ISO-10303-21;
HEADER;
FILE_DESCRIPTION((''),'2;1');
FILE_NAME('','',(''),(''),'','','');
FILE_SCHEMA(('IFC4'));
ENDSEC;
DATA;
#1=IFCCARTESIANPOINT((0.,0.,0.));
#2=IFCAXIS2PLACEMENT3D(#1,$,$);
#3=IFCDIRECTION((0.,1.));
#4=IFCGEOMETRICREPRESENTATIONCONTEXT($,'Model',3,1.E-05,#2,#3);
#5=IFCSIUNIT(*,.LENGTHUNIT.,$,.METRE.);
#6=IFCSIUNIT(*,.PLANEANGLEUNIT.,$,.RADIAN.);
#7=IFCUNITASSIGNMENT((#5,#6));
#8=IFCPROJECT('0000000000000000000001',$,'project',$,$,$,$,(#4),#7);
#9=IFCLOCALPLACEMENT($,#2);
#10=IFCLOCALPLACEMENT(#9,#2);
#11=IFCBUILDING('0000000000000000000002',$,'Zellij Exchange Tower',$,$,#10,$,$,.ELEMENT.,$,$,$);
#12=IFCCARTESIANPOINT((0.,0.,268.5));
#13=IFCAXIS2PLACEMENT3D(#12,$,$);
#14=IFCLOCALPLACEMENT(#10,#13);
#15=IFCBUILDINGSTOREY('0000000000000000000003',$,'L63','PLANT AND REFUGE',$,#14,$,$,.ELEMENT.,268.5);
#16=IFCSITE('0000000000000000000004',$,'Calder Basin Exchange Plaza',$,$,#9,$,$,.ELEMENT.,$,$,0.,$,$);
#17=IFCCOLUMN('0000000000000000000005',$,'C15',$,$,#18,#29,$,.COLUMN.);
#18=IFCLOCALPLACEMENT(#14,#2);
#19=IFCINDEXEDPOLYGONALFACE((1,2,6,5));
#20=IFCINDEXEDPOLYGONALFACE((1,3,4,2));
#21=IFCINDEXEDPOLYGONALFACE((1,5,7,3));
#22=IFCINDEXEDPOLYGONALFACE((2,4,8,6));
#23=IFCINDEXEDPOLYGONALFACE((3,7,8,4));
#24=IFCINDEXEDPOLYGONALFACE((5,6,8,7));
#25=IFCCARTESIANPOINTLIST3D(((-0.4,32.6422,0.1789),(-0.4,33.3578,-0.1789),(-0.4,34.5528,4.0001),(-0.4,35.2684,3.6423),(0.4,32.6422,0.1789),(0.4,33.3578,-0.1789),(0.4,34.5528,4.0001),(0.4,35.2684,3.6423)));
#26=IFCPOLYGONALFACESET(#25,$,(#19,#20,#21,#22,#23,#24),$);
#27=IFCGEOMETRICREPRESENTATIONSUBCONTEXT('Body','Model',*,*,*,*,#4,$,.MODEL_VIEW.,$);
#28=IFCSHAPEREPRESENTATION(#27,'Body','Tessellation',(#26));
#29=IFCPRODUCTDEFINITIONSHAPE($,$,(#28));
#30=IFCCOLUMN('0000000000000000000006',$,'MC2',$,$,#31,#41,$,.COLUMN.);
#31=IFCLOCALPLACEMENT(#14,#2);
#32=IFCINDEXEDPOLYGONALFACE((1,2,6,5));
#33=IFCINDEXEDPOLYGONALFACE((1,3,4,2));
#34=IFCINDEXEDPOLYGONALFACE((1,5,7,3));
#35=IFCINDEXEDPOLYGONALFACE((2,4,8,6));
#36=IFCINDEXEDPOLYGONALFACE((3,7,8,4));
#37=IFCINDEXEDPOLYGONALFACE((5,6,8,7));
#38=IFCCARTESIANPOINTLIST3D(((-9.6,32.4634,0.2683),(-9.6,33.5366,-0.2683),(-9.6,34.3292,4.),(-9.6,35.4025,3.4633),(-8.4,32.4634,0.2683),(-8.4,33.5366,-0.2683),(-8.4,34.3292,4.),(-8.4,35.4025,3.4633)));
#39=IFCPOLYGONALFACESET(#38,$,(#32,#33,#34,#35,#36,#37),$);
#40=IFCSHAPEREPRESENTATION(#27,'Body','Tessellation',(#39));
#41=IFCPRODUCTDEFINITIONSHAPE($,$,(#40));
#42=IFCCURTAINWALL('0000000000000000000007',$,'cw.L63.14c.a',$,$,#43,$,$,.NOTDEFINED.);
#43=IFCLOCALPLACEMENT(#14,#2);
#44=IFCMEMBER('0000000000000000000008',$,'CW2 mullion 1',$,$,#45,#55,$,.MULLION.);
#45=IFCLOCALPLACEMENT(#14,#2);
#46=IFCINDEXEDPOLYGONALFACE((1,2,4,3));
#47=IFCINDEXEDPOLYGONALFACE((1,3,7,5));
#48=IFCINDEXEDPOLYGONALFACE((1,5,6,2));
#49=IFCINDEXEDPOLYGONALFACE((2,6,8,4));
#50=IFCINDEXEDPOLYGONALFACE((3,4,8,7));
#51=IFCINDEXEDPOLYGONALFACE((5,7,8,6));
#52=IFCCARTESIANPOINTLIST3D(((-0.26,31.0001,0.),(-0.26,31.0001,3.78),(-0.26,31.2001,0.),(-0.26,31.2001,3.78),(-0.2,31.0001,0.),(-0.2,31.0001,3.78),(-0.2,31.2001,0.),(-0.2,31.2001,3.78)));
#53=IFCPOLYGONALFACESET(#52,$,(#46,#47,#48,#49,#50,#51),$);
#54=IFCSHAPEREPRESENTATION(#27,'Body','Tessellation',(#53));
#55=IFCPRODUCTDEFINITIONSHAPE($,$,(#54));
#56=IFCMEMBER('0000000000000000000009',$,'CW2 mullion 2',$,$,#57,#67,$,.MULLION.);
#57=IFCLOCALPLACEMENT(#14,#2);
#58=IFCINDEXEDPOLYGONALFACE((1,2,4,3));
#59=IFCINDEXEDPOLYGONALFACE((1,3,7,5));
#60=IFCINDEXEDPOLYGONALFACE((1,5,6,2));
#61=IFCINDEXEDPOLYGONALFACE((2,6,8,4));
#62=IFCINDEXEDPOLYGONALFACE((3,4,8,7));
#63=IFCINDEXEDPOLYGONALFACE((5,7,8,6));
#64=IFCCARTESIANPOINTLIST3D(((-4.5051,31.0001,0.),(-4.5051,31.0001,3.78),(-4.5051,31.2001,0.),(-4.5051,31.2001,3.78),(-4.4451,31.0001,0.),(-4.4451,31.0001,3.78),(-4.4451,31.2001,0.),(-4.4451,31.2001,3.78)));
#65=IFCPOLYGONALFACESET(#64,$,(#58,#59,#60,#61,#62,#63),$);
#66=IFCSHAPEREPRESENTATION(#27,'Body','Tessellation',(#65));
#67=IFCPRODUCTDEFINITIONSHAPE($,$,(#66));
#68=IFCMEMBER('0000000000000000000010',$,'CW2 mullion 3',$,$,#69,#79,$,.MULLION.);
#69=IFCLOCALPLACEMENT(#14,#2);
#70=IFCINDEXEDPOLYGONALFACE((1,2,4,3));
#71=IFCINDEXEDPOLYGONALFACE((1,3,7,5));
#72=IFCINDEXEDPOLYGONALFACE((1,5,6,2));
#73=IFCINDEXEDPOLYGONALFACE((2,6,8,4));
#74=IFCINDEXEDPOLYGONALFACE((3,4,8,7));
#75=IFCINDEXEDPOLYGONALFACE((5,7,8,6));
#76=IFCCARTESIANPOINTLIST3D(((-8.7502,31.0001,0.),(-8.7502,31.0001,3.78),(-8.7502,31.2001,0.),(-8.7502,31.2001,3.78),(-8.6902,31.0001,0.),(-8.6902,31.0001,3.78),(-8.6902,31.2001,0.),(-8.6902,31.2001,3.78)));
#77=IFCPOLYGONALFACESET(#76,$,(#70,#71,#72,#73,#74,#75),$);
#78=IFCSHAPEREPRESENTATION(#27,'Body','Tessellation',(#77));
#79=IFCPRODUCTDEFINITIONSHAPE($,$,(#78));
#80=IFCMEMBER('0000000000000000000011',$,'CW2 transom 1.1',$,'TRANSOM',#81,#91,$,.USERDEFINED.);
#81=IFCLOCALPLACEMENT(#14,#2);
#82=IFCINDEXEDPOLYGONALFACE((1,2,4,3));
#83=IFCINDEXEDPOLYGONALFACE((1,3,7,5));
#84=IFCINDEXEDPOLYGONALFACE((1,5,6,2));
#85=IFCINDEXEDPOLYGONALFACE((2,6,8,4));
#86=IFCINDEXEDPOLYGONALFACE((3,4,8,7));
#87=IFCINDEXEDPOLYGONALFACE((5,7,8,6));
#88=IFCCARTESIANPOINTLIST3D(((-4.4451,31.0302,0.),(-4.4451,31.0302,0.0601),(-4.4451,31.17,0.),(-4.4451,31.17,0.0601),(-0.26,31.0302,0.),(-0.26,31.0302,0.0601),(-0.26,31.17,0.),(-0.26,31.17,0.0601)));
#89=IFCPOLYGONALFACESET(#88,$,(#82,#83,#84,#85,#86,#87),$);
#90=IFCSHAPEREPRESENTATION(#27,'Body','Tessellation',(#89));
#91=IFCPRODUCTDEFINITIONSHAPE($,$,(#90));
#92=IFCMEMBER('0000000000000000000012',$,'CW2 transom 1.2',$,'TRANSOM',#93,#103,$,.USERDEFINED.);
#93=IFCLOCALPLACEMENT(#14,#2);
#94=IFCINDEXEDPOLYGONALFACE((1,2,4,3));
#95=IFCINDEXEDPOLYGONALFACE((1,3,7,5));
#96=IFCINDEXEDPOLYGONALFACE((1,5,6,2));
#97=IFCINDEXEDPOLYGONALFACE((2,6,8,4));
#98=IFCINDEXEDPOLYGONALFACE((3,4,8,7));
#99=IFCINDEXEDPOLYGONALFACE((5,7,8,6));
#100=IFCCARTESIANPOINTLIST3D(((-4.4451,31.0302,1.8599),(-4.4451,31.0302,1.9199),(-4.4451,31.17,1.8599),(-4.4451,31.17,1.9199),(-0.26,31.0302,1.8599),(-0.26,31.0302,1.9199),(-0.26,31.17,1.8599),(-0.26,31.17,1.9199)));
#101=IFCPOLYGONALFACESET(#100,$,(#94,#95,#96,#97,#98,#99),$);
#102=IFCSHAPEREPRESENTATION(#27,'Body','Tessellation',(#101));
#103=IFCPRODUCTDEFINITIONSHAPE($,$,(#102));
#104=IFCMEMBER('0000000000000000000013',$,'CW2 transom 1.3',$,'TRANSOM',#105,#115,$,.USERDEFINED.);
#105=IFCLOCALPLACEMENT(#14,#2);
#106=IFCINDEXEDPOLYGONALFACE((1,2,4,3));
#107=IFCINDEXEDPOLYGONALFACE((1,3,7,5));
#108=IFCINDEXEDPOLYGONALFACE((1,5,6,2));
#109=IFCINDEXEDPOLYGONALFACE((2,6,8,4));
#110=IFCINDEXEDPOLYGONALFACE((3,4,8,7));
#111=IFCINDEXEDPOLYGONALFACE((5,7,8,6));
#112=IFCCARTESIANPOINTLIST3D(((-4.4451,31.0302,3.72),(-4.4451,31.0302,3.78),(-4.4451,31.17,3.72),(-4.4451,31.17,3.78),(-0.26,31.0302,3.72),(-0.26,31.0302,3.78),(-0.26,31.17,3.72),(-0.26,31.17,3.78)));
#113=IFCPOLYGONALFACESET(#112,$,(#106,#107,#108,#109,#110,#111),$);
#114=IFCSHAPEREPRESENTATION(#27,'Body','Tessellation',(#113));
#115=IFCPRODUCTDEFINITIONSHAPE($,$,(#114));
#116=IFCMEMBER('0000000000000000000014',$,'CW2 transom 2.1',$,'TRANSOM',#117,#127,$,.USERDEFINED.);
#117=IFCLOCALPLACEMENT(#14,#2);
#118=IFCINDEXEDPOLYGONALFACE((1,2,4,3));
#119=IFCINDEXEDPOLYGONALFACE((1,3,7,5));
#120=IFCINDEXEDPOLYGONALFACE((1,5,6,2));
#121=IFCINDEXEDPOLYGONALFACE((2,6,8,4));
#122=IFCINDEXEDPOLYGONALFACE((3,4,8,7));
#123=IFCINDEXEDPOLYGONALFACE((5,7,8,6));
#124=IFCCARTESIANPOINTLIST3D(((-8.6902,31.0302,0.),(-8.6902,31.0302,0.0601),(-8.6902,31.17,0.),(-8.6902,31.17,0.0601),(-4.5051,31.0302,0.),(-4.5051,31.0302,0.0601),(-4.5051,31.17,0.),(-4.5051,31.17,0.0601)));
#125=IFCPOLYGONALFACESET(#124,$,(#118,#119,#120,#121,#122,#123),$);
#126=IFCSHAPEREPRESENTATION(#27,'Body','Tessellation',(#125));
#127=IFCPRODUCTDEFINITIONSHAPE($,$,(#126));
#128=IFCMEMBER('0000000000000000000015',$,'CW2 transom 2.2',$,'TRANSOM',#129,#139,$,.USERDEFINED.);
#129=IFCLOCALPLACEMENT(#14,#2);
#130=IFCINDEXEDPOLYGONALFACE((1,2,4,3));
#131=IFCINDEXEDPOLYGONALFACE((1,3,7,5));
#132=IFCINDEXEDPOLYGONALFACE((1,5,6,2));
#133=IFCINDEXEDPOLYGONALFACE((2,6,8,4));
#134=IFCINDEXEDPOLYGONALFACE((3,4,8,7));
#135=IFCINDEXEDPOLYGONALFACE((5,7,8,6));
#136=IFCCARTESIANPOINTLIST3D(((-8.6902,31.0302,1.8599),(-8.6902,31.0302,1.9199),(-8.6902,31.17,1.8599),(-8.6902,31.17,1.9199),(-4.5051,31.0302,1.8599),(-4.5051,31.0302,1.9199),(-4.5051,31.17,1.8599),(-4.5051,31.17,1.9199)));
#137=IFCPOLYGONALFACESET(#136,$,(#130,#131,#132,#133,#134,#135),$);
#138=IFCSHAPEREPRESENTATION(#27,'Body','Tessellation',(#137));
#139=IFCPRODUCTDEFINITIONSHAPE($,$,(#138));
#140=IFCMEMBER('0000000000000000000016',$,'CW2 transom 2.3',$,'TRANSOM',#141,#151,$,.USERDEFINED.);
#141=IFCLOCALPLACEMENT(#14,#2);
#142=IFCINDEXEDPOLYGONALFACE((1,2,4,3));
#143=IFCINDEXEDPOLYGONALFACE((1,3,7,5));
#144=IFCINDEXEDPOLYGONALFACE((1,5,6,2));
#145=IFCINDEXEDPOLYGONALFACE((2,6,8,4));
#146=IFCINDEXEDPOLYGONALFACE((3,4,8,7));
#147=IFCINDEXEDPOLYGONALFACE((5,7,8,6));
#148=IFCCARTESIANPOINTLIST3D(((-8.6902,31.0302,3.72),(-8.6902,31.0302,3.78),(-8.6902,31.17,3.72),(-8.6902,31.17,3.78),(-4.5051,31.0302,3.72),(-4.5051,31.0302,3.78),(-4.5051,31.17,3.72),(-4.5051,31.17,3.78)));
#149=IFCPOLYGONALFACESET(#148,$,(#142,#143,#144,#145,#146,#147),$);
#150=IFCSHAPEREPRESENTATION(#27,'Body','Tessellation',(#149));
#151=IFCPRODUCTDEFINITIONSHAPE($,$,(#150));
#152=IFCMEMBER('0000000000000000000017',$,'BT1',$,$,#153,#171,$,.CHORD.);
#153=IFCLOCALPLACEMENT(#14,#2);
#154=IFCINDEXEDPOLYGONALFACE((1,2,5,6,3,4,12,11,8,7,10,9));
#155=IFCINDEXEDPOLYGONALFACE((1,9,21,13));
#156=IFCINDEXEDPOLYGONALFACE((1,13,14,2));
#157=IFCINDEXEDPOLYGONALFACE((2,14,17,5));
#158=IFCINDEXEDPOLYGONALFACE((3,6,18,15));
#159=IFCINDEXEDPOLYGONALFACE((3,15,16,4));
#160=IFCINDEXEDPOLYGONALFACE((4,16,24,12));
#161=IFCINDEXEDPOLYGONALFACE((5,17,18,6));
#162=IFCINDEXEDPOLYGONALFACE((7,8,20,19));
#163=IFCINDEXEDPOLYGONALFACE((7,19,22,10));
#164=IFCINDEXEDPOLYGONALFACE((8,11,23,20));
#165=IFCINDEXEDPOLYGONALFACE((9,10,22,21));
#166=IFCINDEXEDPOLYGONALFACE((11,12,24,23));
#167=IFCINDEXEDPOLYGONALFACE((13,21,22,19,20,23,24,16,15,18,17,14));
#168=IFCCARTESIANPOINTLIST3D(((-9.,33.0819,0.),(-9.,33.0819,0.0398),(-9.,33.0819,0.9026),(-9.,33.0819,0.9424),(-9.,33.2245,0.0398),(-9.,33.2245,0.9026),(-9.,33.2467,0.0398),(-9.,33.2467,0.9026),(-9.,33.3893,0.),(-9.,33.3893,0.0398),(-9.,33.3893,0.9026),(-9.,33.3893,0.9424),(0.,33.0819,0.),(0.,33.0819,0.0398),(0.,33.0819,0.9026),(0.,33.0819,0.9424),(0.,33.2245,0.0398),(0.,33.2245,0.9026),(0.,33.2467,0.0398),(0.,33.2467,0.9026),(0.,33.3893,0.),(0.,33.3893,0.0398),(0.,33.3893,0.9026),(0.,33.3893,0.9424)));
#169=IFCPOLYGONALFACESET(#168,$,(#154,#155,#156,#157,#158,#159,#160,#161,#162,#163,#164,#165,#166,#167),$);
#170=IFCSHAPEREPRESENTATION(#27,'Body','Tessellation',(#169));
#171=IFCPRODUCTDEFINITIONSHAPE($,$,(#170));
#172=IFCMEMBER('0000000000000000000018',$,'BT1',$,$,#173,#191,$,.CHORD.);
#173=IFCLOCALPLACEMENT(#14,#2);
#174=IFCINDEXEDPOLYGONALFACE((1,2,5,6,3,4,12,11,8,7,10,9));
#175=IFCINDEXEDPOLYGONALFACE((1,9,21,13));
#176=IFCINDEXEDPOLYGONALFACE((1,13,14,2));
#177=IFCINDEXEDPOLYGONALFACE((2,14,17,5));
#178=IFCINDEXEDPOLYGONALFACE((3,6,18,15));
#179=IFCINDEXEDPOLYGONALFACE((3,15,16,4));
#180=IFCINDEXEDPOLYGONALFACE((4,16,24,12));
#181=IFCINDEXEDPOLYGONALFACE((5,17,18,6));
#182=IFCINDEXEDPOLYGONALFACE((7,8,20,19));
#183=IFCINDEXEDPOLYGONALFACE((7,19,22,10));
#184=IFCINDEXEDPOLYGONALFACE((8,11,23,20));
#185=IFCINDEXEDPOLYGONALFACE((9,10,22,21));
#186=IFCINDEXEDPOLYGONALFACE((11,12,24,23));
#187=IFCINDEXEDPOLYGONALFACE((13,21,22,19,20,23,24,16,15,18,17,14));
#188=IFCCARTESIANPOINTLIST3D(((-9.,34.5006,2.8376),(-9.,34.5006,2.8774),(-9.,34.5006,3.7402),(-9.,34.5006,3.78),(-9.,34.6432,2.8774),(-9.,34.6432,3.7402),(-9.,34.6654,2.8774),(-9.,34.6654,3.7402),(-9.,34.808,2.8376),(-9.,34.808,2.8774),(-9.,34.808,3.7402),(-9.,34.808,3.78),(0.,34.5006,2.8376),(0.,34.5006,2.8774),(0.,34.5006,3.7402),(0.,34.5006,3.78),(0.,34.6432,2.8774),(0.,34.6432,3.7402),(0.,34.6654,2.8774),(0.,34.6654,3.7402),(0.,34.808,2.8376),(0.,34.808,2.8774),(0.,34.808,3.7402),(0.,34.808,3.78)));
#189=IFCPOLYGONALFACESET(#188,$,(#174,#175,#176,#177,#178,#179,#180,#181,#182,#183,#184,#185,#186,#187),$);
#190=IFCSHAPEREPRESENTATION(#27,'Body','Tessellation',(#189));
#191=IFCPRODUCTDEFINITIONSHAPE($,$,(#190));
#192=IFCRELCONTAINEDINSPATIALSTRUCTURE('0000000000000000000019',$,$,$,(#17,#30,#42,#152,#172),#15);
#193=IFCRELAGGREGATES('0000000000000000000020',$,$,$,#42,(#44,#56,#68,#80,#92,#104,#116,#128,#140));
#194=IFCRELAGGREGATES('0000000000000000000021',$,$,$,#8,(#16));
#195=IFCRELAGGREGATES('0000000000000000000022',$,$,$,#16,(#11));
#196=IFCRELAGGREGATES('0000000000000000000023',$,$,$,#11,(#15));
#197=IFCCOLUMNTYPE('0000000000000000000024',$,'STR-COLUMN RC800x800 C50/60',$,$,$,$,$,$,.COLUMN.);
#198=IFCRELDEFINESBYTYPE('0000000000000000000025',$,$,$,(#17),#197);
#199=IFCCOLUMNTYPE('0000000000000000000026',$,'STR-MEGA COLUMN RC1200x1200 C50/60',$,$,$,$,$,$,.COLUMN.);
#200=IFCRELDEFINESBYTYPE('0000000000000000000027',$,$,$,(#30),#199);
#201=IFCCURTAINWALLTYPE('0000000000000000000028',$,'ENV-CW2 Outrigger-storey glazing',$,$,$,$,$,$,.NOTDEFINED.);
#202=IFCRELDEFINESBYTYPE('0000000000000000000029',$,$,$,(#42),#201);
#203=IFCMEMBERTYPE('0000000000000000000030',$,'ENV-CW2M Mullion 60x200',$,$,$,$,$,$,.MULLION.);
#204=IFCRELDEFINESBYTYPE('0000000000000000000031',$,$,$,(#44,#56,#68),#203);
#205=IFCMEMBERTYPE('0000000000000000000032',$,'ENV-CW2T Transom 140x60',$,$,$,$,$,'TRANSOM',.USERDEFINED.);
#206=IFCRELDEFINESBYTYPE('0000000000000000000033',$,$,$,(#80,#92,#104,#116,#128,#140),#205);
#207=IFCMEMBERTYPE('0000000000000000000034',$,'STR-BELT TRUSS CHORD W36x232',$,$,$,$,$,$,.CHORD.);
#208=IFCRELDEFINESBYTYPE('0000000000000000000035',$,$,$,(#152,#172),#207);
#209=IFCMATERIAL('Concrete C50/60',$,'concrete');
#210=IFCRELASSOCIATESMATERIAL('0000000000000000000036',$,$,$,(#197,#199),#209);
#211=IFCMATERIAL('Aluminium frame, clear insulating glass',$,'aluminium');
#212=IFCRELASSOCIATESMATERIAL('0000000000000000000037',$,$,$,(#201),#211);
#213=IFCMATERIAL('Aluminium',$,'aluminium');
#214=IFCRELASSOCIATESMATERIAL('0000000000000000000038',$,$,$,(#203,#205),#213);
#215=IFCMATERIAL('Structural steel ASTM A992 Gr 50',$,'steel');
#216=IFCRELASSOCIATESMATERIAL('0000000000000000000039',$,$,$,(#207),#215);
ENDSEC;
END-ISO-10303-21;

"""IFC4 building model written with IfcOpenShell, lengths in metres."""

from ifc_helpers import new_model, si_unit, direction, frame, origin, origin_2d, place, context, subcontext, project, spatial, rectangle, i_section, extrude, clip, halfspace, material, material_profile, profile_set, type_object, element, aggregate, save


model = new_model("IFC4")

# Units and contexts
model_context = context("Model", 3, precision=1e-05, world=origin(), true_north=direction((0.0, 1.0)))
body_context = subcontext(model_context, "Body", "Model", "MODEL_VIEW")
ifc_project = project(units=[si_unit("LENGTHUNIT", "METRE"), si_unit("PLANEANGLEUNIT", "RADIAN")], contexts=[model_context])

# Site, building, storey
site_placement = place(None, origin())
site = spatial("IfcSite", under=ifc_project, at=site_placement, Name="Calder Basin Exchange Plaza", CompositionType="ELEMENT", RefElevation=0.0)
building_placement = place(site_placement, origin())
building = spatial("IfcBuilding", under=site, at=building_placement, Name="Zellij Exchange Tower", CompositionType="ELEMENT")
storey_placement = place(building_placement, frame((0.0, 0.0, 268.5)))
storey = spatial("IfcBuildingStorey", under=building, at=storey_placement, Name="L63", Description="PLANT AND REFUGE", CompositionType="ELEMENT", Elevation=268.5)

# Columns
ifc_material_1 = material(Name="Concrete C50/60", Category="concrete")
ifc_material_profile_1 = material_profile(ifc_material_1, rectangle(XDim=0.8, YDim=0.8, at=origin_2d()), Name="STR-COLUMN RC800x800 C50/60")
ifc_profile_set_1 = profile_set([ifc_material_profile_1], Name="Concrete C50/60")
column_type_1 = type_object("IfcColumnType", Name="STR-COLUMN RC800x800 C50/60", PredefinedType="COLUMN", material=ifc_profile_set_1)
column_1_placement = place(storey_placement, frame((0.0, 33.0, 0.0), z_axis=(0.0, 0.447214, 0.894427), x_axis=(-1.0, 0.0, 0.0)))
element("IfcColumn", 1, at=column_1_placement, inside=storey, type_object=column_type_1, Name="C15", PredefinedType="COLUMN", context=body_context, shape_type="Clipping", body=[
    clip(extrude(rectangle(XDim=0.8, YDim=0.8, at=origin_2d()), origin(), (0.0, 0.0, 1.0), 4.4722), halfspace(frame((0.0, 0.0, 4.2722)), False)),
])
ifc_material_profile_2 = material_profile(ifc_material_1, rectangle(XDim=1.2, YDim=1.2, at=origin_2d()), Name="STR-MEGA COLUMN RC1200x1200 C50/60")
ifc_profile_set_2 = profile_set([ifc_material_profile_2], Name="Concrete C50/60")
column_type_2 = type_object("IfcColumnType", Name="STR-MEGA COLUMN RC1200x1200 C50/60", PredefinedType="COLUMN", material=ifc_profile_set_2)
column_2_placement = place(storey_placement, frame((-9.0, 33.0, 0.0), z_axis=(0.0, 0.447214, 0.894427), x_axis=(-1.0, 0.0, 0.0)))
element("IfcColumn", 2, at=column_2_placement, inside=storey, type_object=column_type_2, Name="MC2", PredefinedType="COLUMN", context=body_context, shape_type="Clipping", body=[
    clip(extrude(rectangle(XDim=1.2, YDim=1.2, at=origin_2d()), origin(), (0.0, 0.0, 1.0), 4.4722), halfspace(frame((0.0, 0.0, 4.1721)), False)),
])

# Curtain wall, members
ifc_material_2 = material(Name="Aluminium frame, clear insulating glass", Category="aluminium")
curtain_wall_type = type_object("IfcCurtainWallType", Name="ENV-CW2 Outrigger-storey glazing", PredefinedType="NOTDEFINED", material=ifc_material_2)
curtain_wall_placement = place(storey_placement, origin())
curtain_wall = element("IfcCurtainWall", 3, at=curtain_wall_placement, inside=storey, type_object=curtain_wall_type, Name="cw.L63.14c.a", PredefinedType="NOTDEFINED")
ifc_material_3 = material(Name="Aluminium", Category="aluminium")
ifc_material_profile_3 = material_profile(ifc_material_3, rectangle(XDim=0.0601, YDim=0.2, at=origin_2d()), Name="AL 60x200")
ifc_profile_set_3 = profile_set([ifc_material_profile_3], Name="Aluminium")
member_type_1 = type_object("IfcMemberType", Name="ENV-CW2M Mullion 60x200", PredefinedType="MULLION", material=ifc_profile_set_3)
member_1_placement = place(storey_placement, frame((-0.23, 31.1001, 0.0), z_axis=(0.0, 0.0, 1.0), x_axis=(-1.0, 0.0, 0.0)))
member_1 = element("IfcMember", 4, at=member_1_placement, type_object=member_type_1, Name="CW2 mullion 1", PredefinedType="MULLION", context=body_context, shape_type="SweptSolid", body=[
    extrude(rectangle(XDim=0.0601, YDim=0.2, at=origin_2d()), origin(), (0.0, 0.0, 1.0), 3.78),
])
member_2_placement = place(storey_placement, frame((-4.4751, 31.1001, 0.0), z_axis=(0.0, 0.0, 1.0), x_axis=(-1.0, 0.0, 0.0)))
member_2 = element("IfcMember", 5, at=member_2_placement, type_object=member_type_1, Name="CW2 mullion 2", PredefinedType="MULLION", context=body_context, shape_type="SweptSolid", body=[
    extrude(rectangle(XDim=0.0601, YDim=0.2, at=origin_2d()), origin(), (0.0, 0.0, 1.0), 3.78),
])
member_3_placement = place(storey_placement, frame((-8.7202, 31.1001, 0.0), z_axis=(0.0, 0.0, 1.0), x_axis=(-1.0, 0.0, 0.0)))
member_3 = element("IfcMember", 6, at=member_3_placement, type_object=member_type_1, Name="CW2 mullion 3", PredefinedType="MULLION", context=body_context, shape_type="SweptSolid", body=[
    extrude(rectangle(XDim=0.0601, YDim=0.2, at=origin_2d()), origin(), (0.0, 0.0, 1.0), 3.78),
])
ifc_material_profile_4 = material_profile(ifc_material_3, rectangle(XDim=0.1399, YDim=0.0601, at=origin_2d()), Name="AL 140x60")
ifc_profile_set_4 = profile_set([ifc_material_profile_4], Name="Aluminium")
member_type_2 = type_object("IfcMemberType", Name="ENV-CW2T Transom 140x60", ElementType="TRANSOM", PredefinedType="USERDEFINED", material=ifc_profile_set_4)
member_4_placement = place(storey_placement, frame((-0.26, 31.1001, 0.03), z_axis=(-1.0, 0.0, 0.0), x_axis=(0.0, -1.0, 0.0)))
member_4 = element("IfcMember", 7, at=member_4_placement, type_object=member_type_2, Name="CW2 transom 1.1", ObjectType="TRANSOM", PredefinedType="USERDEFINED", context=body_context, shape_type="SweptSolid", body=[
    extrude(rectangle(XDim=0.1399, YDim=0.0601, at=origin_2d()), origin(), (0.0, 0.0, 1.0), 4.1851),
])
member_5_placement = place(storey_placement, frame((-0.26, 31.1001, 1.8899), z_axis=(-1.0, 0.0, 0.0), x_axis=(0.0, -1.0, 0.0)))
member_5 = element("IfcMember", 8, at=member_5_placement, type_object=member_type_2, Name="CW2 transom 1.2", ObjectType="TRANSOM", PredefinedType="USERDEFINED", context=body_context, shape_type="SweptSolid", body=[
    extrude(rectangle(XDim=0.1399, YDim=0.0601, at=origin_2d()), origin(), (0.0, 0.0, 1.0), 4.1851),
])
member_6_placement = place(storey_placement, frame((-0.26, 31.1001, 3.75), z_axis=(-1.0, 0.0, 0.0), x_axis=(0.0, -1.0, 0.0)))
member_6 = element("IfcMember", 9, at=member_6_placement, type_object=member_type_2, Name="CW2 transom 1.3", ObjectType="TRANSOM", PredefinedType="USERDEFINED", context=body_context, shape_type="SweptSolid", body=[
    extrude(rectangle(XDim=0.1399, YDim=0.0601, at=origin_2d()), origin(), (0.0, 0.0, 1.0), 4.1851),
])
member_7_placement = place(storey_placement, frame((-4.5051, 31.1001, 0.03), z_axis=(-1.0, 0.0, 0.0), x_axis=(0.0, -1.0, 0.0)))
member_7 = element("IfcMember", 10, at=member_7_placement, type_object=member_type_2, Name="CW2 transom 2.1", ObjectType="TRANSOM", PredefinedType="USERDEFINED", context=body_context, shape_type="SweptSolid", body=[
    extrude(rectangle(XDim=0.1399, YDim=0.0601, at=origin_2d()), origin(), (0.0, 0.0, 1.0), 4.1851),
])
member_8_placement = place(storey_placement, frame((-4.5051, 31.1001, 1.8899), z_axis=(-1.0, 0.0, 0.0), x_axis=(0.0, -1.0, 0.0)))
member_8 = element("IfcMember", 11, at=member_8_placement, type_object=member_type_2, Name="CW2 transom 2.2", ObjectType="TRANSOM", PredefinedType="USERDEFINED", context=body_context, shape_type="SweptSolid", body=[
    extrude(rectangle(XDim=0.1399, YDim=0.0601, at=origin_2d()), origin(), (0.0, 0.0, 1.0), 4.1851),
])
member_9_placement = place(storey_placement, frame((-4.5051, 31.1001, 3.75), z_axis=(-1.0, 0.0, 0.0), x_axis=(0.0, -1.0, 0.0)))
member_9 = element("IfcMember", 12, at=member_9_placement, type_object=member_type_2, Name="CW2 transom 2.3", ObjectType="TRANSOM", PredefinedType="USERDEFINED", context=body_context, shape_type="SweptSolid", body=[
    extrude(rectangle(XDim=0.1399, YDim=0.0601, at=origin_2d()), origin(), (0.0, 0.0, 1.0), 4.1851),
])

# Members
ifc_material_4 = material(Name="Structural steel ASTM A992 Gr 50", Category="steel")
ifc_material_profile_5 = material_profile(ifc_material_4, i_section(OverallWidth=0.3074, OverallDepth=0.9424, WebThickness=0.0222, FlangeThickness=0.0398, at=origin_2d()), Name="W36x232")
ifc_profile_set_5 = profile_set([ifc_material_profile_5], Name="Structural steel ASTM A992 Gr 50")
member_type_3 = type_object("IfcMemberType", Name="STR-BELT TRUSS CHORD W36x232", PredefinedType="CHORD", material=ifc_profile_set_5)
for number, where, z_axis, x_axis, name in (
    (13, (-9.0, 33.2356, 0.4712), (1.0, 0.0, 0.0), (0.0, 1.0, 0.0), "BT1"),
    (14, (-9.0, 34.6543, 3.3088), (1.0, 0.0, 0.0), (0.0, 1.0, 0.0), "BT1"),
):
    element("IfcMember", number, at=place(storey_placement, frame(where, z_axis=z_axis, x_axis=x_axis)), inside=storey, type_object=member_type_3, Name=name, PredefinedType="CHORD", context=body_context, shape_type="SweptSolid", body=[
        extrude(i_section(OverallWidth=0.3074, OverallDepth=0.9424, WebThickness=0.0222, FlangeThickness=0.0398, at=origin_2d()), origin(), (0.0, 0.0, 1.0), 9.0),
    ])

aggregate(curtain_wall, [member_1, member_2, member_3, member_4, member_5, member_6, member_7, member_8, member_9])

save(model, "model.ifc")
